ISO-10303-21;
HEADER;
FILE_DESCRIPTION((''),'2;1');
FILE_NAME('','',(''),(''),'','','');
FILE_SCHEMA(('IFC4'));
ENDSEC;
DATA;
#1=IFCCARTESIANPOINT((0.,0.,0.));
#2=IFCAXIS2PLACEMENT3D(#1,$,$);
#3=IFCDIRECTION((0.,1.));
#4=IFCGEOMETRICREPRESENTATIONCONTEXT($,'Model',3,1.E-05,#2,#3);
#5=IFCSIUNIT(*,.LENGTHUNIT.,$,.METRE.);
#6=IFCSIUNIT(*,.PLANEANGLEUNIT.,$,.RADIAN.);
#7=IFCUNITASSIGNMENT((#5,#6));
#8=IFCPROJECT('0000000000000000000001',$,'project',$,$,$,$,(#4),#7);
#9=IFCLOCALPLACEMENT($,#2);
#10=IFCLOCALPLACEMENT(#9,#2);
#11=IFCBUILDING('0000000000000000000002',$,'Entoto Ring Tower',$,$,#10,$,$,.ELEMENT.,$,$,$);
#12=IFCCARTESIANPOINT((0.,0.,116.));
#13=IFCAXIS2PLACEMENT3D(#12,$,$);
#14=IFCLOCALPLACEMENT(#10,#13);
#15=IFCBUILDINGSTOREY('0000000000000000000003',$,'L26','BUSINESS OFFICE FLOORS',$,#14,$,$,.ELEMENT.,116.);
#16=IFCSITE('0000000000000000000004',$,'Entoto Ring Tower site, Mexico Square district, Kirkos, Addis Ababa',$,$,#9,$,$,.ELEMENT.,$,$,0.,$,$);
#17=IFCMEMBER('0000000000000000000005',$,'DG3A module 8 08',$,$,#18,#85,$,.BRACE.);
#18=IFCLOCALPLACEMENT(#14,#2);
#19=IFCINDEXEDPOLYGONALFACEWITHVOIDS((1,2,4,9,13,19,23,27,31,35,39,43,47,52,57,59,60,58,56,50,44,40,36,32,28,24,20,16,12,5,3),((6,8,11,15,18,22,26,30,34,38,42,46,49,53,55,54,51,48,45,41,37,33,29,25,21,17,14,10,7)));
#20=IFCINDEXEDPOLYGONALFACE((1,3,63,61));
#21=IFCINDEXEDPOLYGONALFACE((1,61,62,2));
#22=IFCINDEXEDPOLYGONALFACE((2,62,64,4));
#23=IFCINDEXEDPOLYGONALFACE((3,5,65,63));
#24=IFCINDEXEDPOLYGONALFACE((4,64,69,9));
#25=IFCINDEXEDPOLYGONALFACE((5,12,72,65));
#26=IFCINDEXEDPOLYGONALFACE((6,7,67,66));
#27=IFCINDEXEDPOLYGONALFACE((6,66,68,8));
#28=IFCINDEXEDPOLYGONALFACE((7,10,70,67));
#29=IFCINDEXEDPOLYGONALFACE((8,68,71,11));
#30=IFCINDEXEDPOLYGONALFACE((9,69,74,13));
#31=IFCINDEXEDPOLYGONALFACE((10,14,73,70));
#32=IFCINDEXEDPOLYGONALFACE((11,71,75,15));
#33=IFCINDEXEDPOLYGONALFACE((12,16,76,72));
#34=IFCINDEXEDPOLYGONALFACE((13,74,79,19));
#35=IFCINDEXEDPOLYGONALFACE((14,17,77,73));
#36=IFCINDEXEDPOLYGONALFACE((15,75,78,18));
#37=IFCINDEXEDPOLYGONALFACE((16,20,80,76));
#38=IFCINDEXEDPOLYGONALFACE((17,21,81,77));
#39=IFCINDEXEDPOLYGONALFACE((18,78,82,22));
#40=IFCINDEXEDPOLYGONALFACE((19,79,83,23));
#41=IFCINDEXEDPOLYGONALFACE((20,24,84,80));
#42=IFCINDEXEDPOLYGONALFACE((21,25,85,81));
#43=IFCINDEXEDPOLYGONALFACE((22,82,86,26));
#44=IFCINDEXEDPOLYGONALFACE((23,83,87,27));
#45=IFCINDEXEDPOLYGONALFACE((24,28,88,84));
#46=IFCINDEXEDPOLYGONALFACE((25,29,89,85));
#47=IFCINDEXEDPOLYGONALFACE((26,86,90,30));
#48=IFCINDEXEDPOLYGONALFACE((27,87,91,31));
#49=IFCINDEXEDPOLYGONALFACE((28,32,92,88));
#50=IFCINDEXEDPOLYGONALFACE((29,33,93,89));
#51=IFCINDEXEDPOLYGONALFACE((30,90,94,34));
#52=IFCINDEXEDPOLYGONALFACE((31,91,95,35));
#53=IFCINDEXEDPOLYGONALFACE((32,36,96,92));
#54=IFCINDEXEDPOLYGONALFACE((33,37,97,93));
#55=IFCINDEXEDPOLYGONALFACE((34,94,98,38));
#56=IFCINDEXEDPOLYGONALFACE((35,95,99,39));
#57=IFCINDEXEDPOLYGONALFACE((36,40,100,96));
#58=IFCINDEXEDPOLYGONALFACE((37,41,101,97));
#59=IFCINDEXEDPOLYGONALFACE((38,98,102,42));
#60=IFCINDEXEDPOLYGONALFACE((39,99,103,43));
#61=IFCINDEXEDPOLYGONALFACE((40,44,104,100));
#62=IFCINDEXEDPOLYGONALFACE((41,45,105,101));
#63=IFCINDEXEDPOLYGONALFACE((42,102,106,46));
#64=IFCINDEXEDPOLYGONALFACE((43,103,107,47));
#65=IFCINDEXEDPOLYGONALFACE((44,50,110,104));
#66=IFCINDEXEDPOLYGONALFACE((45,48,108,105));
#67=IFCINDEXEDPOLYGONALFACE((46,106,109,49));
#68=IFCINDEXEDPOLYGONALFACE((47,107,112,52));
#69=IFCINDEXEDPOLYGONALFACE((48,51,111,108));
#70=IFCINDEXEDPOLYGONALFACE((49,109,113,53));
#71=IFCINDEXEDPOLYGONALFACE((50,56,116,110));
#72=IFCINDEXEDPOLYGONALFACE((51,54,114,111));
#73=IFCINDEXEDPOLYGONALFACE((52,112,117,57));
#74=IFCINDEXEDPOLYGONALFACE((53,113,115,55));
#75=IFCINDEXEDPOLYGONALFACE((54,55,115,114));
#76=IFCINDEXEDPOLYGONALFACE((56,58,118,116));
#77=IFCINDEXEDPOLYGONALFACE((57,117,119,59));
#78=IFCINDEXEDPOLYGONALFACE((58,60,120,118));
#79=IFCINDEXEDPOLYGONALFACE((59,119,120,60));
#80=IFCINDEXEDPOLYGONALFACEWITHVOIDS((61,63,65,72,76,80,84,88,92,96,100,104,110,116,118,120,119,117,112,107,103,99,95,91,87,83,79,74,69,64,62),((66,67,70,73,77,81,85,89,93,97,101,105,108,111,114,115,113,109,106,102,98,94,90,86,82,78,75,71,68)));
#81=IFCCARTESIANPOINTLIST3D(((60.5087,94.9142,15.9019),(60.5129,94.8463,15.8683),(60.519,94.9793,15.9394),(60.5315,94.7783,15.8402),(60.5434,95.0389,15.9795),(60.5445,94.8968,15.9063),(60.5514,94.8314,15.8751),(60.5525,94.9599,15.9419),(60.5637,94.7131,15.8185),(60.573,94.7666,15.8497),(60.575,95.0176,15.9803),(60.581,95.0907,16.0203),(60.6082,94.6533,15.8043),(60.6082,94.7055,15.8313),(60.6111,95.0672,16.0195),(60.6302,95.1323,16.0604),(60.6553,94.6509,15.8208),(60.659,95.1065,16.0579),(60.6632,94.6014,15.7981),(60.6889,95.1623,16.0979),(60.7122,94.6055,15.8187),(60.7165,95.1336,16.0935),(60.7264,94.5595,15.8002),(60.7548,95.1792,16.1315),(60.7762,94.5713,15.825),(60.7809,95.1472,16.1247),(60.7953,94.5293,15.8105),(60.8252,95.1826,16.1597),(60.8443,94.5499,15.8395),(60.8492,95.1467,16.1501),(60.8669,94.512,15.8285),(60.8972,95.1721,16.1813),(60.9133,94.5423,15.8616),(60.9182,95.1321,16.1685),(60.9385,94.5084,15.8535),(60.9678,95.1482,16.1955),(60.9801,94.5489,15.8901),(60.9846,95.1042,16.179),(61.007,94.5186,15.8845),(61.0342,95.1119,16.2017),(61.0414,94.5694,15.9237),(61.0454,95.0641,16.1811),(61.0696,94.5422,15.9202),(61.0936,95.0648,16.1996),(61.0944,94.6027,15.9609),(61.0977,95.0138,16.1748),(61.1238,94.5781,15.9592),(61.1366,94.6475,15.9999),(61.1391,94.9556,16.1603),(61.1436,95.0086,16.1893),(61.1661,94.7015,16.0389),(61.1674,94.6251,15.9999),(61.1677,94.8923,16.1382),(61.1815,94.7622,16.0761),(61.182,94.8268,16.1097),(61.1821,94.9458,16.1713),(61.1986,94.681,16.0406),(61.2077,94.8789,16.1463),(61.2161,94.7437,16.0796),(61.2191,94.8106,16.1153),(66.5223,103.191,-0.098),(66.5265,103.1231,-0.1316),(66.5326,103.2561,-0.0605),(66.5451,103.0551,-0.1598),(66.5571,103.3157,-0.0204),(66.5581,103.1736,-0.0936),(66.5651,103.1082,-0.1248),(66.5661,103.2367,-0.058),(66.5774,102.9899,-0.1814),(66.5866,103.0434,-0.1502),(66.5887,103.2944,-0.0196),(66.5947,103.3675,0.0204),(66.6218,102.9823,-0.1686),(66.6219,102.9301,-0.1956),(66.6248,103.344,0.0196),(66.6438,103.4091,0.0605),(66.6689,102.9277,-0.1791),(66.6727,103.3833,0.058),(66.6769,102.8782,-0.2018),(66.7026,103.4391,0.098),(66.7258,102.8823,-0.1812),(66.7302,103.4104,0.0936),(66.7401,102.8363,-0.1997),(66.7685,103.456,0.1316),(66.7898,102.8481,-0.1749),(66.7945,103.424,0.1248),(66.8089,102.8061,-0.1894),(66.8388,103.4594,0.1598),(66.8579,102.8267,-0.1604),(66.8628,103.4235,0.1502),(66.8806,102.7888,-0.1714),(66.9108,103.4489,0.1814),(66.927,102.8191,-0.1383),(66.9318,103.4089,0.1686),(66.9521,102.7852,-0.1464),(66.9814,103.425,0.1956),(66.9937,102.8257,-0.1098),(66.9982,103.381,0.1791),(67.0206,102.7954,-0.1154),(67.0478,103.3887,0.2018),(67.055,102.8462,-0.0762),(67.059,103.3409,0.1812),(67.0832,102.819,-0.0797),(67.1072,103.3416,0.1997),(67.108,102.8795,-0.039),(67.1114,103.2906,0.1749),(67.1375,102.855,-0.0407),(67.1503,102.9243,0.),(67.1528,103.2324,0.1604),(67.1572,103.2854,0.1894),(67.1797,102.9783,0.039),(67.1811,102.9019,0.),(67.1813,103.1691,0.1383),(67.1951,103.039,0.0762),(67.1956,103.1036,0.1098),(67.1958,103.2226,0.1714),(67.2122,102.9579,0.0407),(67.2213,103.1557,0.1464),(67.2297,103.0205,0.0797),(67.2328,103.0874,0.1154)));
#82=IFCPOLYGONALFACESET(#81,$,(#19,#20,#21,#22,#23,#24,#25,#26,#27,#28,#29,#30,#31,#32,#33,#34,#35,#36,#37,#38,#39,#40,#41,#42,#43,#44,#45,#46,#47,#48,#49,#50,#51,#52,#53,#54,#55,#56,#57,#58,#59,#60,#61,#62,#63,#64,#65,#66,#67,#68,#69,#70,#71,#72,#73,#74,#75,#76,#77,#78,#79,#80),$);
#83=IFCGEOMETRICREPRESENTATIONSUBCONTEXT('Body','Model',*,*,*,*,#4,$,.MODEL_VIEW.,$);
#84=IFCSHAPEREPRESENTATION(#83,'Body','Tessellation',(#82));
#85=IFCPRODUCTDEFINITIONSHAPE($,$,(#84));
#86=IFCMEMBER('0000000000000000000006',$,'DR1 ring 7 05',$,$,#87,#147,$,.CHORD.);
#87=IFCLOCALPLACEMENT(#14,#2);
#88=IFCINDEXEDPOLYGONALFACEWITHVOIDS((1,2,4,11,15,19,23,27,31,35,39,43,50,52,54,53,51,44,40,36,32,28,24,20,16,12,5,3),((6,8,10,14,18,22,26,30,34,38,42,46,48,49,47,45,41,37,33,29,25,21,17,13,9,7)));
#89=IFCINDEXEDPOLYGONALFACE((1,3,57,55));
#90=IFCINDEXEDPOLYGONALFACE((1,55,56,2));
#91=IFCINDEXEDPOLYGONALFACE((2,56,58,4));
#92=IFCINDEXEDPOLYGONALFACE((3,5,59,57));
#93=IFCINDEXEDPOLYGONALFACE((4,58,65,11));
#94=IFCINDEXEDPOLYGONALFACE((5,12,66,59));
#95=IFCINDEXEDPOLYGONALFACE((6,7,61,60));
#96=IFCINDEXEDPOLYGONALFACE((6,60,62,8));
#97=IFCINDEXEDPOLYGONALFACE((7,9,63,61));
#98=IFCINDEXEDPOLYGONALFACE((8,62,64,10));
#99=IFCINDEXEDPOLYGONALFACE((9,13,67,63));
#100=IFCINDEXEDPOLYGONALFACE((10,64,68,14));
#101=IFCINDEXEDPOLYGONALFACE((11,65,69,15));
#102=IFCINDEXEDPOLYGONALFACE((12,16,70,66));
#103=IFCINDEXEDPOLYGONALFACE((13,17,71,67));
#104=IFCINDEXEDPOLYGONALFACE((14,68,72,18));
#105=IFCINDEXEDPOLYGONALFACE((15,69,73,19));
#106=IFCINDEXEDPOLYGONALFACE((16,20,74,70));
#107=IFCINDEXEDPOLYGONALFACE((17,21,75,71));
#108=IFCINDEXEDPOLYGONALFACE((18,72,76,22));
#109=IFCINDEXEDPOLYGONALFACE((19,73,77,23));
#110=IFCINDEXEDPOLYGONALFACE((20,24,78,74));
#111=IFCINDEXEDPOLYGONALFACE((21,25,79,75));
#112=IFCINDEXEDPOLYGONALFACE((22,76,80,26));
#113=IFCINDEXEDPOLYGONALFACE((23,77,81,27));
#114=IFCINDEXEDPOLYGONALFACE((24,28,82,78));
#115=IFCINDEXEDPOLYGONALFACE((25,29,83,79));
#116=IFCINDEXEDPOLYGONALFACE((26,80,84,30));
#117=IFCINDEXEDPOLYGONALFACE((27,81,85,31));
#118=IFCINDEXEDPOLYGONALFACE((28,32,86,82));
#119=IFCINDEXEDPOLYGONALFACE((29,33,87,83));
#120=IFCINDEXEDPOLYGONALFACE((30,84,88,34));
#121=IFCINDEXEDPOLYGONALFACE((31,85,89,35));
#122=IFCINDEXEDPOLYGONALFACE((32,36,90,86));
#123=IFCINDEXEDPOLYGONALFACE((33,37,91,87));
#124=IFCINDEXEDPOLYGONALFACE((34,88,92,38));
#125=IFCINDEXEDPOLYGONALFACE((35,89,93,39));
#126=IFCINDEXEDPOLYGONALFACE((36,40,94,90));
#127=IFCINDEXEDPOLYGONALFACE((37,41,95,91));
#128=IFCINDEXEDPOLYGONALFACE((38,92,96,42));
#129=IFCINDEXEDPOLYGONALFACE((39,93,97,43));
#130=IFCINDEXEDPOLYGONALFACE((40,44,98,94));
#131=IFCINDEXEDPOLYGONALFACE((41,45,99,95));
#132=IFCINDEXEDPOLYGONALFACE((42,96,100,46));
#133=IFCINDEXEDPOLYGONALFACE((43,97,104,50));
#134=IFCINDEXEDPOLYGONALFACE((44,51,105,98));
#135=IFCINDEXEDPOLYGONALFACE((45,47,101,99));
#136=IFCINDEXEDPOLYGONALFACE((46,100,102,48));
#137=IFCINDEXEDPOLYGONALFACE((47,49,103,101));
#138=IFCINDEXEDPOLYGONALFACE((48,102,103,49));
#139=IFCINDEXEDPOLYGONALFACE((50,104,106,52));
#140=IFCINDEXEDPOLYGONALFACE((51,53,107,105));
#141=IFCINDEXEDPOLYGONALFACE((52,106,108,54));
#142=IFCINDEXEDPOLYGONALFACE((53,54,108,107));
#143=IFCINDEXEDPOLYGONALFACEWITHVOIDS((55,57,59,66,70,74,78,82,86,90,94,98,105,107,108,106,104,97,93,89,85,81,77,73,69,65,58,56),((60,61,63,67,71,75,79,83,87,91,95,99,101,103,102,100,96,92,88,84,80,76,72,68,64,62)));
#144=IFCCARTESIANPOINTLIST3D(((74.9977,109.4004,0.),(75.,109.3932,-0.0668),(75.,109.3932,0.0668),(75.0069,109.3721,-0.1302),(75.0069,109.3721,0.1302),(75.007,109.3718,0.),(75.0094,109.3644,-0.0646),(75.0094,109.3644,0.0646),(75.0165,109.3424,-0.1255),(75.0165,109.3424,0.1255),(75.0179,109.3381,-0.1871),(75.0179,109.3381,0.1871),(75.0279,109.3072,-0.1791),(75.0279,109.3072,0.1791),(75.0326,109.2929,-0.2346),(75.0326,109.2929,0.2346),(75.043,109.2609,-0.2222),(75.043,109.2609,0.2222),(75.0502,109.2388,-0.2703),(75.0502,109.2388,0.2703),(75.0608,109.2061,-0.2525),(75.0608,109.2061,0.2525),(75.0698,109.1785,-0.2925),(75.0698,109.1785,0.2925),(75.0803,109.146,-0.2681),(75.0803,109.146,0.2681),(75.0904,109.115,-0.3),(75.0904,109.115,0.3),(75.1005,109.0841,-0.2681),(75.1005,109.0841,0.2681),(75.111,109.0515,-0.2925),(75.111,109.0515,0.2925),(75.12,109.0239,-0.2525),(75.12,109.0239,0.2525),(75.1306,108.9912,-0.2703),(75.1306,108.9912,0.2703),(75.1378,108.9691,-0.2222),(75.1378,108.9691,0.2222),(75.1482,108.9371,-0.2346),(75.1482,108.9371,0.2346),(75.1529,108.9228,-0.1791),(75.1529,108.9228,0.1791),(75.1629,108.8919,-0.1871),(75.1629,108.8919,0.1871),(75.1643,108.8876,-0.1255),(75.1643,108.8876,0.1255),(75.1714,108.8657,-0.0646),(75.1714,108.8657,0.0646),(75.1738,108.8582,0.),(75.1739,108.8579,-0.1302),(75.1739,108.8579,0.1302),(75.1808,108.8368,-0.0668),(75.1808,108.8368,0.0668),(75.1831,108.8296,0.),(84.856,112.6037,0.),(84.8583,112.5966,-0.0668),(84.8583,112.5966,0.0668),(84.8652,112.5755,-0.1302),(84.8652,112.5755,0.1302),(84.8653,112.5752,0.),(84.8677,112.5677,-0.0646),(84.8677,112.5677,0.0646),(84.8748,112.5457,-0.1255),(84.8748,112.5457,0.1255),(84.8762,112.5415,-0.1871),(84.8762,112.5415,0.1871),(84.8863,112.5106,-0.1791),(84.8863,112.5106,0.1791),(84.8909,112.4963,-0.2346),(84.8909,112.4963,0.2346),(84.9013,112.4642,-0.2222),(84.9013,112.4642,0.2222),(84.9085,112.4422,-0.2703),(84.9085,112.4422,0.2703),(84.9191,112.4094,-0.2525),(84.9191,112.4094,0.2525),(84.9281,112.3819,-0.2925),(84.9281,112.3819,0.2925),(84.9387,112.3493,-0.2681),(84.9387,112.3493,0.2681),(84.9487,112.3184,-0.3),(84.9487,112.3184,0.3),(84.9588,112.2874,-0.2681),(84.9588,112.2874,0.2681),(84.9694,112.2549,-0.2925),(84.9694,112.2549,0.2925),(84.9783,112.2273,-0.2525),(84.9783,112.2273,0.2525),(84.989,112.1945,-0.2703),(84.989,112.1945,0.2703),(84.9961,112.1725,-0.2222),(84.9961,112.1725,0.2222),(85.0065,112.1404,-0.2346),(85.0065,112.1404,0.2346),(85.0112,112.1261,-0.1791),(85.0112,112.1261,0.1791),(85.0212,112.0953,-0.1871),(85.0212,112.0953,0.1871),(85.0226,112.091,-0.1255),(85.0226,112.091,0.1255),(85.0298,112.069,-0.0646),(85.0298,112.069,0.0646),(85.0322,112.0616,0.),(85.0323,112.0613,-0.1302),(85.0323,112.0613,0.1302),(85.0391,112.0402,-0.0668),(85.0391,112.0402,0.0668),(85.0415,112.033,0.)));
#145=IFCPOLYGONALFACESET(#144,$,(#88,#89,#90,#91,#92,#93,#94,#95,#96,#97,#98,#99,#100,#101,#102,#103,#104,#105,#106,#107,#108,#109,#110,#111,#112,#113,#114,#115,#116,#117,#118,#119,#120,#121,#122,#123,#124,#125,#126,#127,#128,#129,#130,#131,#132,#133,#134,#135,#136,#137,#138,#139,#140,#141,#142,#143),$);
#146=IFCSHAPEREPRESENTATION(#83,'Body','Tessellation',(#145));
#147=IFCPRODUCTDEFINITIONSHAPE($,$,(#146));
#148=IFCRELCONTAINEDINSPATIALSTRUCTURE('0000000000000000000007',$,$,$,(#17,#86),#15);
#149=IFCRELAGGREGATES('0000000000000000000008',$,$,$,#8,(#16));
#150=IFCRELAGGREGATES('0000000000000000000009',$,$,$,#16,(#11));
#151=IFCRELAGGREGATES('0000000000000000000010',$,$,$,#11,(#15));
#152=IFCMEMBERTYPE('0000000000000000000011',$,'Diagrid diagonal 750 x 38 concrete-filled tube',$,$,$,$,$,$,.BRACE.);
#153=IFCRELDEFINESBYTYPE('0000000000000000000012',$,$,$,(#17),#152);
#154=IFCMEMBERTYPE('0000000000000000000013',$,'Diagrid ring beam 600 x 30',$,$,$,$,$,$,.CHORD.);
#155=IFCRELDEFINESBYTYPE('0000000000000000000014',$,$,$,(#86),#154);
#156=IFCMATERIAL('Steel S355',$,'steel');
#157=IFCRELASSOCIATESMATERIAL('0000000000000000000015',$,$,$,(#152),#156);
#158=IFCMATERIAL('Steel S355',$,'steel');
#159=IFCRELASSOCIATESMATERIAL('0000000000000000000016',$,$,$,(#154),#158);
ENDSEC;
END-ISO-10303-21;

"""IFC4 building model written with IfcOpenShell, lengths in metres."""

from ifc_helpers import new_model, si_unit, direction, frame, origin, origin_2d, place, context, subcontext, project, spatial, circle, hollow_circle, extrude, material, material_profile, profile_set, type_object, element, save


model = new_model("IFC4")

# Units and contexts
model_context = context("Model", 3, precision=1e-05, world=origin(), true_north=direction((0.0, 1.0)))
body_context = subcontext(model_context, "Body", "Model", "MODEL_VIEW")
ifc_project = project(units=[si_unit("LENGTHUNIT", "METRE"), si_unit("PLANEANGLEUNIT", "RADIAN")], contexts=[model_context])

# Site, building, storey
site_placement = place(None, origin())
site = spatial("IfcSite", under=ifc_project, at=site_placement, Name="Entoto Ring Tower site, Mexico Square district, Kirkos, Addis Ababa", CompositionType="ELEMENT", RefElevation=0.0)
building_placement = place(site_placement, origin())
building = spatial("IfcBuilding", under=site, at=building_placement, Name="Entoto Ring Tower", CompositionType="ELEMENT")
storey_placement = place(building_placement, frame((0.0, 0.0, 116.0)))
storey = spatial("IfcBuildingStorey", under=building, at=storey_placement, Name="L26", Description="BUSINESS OFFICE FLOORS", CompositionType="ELEMENT", Elevation=116.0)

# Members
ifc_material_1 = material(Name="Steel S355", Category="steel")
ifc_material_profile_1 = material_profile(ifc_material_1, hollow_circle(Radius=0.375, WallThickness=0.0381, at=origin_2d()), Name="CHS 750 x 38")
ifc_material_2 = material(Name="Concrete C60/75", Category="concrete")
ifc_material_profile_2 = material_profile(ifc_material_2, circle(Radius=0.3369, at=origin_2d()), Name="Concrete C60/75 infill")
ifc_profile_set_1 = profile_set([ifc_material_profile_1, ifc_material_profile_2], Name="Steel S355")
member_type_1 = type_object("IfcMemberType", Name="Diagrid diagonal 750 x 38 concrete-filled tube", PredefinedType="BRACE", material=ifc_profile_set_1)
for number, where, z_axis, x_axis, name in (
    (1, (66.8777, 103.1223, 0.0), (-0.316654, -0.435823, 0.84249), (0.809008, -0.587797, 0.0), "DG3A module 8 08"),
):
    element("IfcMember", number, at=place(storey_placement, frame(where, z_axis=z_axis, x_axis=x_axis)), inside=storey, type_object=member_type_1, Name=name, PredefinedType="BRACE", context=body_context, shape_type="SweptSolid", body=[
        extrude(hollow_circle(Radius=0.375, WallThickness=0.0381, at=origin_2d()), origin(), (0.0, 0.0, 1.0), 18.9912),
    ])
ifc_material_3 = material(Name="Steel S355", Category="steel")
ifc_material_profile_3 = material_profile(ifc_material_3, hollow_circle(Radius=0.3, WallThickness=0.03, at=origin_2d()), Name="CHS 600 x 30")
ifc_material_4 = material(Name="Concrete C60/75", Category="concrete")
ifc_material_profile_4 = material_profile(ifc_material_4, circle(Radius=0.27, at=origin_2d()), Name="Concrete C60/75 infill")
ifc_profile_set_2 = profile_set([ifc_material_profile_3, ifc_material_profile_4], Name="Steel S355")
member_type_2 = type_object("IfcMemberType", Name="Diagrid ring beam 600 x 30", PredefinedType="CHORD", material=ifc_profile_set_2)
member_1_placement = place(storey_placement, frame((84.9487, 112.3184, 0.0), z_axis=(-0.951051, -0.309033, 0.0), x_axis=(0.309033, -0.951051, 0.0)))
element("IfcMember", 2, at=member_1_placement, inside=storey, type_object=member_type_2, Name="DR1 ring 7 05", PredefinedType="CHORD", context=body_context, shape_type="SweptSolid", body=[
    extrude(hollow_circle(Radius=0.3, WallThickness=0.03, at=origin_2d()), origin(), (0.0, 0.0, 1.0), 10.3657),
])

save(model, "model.ifc")
